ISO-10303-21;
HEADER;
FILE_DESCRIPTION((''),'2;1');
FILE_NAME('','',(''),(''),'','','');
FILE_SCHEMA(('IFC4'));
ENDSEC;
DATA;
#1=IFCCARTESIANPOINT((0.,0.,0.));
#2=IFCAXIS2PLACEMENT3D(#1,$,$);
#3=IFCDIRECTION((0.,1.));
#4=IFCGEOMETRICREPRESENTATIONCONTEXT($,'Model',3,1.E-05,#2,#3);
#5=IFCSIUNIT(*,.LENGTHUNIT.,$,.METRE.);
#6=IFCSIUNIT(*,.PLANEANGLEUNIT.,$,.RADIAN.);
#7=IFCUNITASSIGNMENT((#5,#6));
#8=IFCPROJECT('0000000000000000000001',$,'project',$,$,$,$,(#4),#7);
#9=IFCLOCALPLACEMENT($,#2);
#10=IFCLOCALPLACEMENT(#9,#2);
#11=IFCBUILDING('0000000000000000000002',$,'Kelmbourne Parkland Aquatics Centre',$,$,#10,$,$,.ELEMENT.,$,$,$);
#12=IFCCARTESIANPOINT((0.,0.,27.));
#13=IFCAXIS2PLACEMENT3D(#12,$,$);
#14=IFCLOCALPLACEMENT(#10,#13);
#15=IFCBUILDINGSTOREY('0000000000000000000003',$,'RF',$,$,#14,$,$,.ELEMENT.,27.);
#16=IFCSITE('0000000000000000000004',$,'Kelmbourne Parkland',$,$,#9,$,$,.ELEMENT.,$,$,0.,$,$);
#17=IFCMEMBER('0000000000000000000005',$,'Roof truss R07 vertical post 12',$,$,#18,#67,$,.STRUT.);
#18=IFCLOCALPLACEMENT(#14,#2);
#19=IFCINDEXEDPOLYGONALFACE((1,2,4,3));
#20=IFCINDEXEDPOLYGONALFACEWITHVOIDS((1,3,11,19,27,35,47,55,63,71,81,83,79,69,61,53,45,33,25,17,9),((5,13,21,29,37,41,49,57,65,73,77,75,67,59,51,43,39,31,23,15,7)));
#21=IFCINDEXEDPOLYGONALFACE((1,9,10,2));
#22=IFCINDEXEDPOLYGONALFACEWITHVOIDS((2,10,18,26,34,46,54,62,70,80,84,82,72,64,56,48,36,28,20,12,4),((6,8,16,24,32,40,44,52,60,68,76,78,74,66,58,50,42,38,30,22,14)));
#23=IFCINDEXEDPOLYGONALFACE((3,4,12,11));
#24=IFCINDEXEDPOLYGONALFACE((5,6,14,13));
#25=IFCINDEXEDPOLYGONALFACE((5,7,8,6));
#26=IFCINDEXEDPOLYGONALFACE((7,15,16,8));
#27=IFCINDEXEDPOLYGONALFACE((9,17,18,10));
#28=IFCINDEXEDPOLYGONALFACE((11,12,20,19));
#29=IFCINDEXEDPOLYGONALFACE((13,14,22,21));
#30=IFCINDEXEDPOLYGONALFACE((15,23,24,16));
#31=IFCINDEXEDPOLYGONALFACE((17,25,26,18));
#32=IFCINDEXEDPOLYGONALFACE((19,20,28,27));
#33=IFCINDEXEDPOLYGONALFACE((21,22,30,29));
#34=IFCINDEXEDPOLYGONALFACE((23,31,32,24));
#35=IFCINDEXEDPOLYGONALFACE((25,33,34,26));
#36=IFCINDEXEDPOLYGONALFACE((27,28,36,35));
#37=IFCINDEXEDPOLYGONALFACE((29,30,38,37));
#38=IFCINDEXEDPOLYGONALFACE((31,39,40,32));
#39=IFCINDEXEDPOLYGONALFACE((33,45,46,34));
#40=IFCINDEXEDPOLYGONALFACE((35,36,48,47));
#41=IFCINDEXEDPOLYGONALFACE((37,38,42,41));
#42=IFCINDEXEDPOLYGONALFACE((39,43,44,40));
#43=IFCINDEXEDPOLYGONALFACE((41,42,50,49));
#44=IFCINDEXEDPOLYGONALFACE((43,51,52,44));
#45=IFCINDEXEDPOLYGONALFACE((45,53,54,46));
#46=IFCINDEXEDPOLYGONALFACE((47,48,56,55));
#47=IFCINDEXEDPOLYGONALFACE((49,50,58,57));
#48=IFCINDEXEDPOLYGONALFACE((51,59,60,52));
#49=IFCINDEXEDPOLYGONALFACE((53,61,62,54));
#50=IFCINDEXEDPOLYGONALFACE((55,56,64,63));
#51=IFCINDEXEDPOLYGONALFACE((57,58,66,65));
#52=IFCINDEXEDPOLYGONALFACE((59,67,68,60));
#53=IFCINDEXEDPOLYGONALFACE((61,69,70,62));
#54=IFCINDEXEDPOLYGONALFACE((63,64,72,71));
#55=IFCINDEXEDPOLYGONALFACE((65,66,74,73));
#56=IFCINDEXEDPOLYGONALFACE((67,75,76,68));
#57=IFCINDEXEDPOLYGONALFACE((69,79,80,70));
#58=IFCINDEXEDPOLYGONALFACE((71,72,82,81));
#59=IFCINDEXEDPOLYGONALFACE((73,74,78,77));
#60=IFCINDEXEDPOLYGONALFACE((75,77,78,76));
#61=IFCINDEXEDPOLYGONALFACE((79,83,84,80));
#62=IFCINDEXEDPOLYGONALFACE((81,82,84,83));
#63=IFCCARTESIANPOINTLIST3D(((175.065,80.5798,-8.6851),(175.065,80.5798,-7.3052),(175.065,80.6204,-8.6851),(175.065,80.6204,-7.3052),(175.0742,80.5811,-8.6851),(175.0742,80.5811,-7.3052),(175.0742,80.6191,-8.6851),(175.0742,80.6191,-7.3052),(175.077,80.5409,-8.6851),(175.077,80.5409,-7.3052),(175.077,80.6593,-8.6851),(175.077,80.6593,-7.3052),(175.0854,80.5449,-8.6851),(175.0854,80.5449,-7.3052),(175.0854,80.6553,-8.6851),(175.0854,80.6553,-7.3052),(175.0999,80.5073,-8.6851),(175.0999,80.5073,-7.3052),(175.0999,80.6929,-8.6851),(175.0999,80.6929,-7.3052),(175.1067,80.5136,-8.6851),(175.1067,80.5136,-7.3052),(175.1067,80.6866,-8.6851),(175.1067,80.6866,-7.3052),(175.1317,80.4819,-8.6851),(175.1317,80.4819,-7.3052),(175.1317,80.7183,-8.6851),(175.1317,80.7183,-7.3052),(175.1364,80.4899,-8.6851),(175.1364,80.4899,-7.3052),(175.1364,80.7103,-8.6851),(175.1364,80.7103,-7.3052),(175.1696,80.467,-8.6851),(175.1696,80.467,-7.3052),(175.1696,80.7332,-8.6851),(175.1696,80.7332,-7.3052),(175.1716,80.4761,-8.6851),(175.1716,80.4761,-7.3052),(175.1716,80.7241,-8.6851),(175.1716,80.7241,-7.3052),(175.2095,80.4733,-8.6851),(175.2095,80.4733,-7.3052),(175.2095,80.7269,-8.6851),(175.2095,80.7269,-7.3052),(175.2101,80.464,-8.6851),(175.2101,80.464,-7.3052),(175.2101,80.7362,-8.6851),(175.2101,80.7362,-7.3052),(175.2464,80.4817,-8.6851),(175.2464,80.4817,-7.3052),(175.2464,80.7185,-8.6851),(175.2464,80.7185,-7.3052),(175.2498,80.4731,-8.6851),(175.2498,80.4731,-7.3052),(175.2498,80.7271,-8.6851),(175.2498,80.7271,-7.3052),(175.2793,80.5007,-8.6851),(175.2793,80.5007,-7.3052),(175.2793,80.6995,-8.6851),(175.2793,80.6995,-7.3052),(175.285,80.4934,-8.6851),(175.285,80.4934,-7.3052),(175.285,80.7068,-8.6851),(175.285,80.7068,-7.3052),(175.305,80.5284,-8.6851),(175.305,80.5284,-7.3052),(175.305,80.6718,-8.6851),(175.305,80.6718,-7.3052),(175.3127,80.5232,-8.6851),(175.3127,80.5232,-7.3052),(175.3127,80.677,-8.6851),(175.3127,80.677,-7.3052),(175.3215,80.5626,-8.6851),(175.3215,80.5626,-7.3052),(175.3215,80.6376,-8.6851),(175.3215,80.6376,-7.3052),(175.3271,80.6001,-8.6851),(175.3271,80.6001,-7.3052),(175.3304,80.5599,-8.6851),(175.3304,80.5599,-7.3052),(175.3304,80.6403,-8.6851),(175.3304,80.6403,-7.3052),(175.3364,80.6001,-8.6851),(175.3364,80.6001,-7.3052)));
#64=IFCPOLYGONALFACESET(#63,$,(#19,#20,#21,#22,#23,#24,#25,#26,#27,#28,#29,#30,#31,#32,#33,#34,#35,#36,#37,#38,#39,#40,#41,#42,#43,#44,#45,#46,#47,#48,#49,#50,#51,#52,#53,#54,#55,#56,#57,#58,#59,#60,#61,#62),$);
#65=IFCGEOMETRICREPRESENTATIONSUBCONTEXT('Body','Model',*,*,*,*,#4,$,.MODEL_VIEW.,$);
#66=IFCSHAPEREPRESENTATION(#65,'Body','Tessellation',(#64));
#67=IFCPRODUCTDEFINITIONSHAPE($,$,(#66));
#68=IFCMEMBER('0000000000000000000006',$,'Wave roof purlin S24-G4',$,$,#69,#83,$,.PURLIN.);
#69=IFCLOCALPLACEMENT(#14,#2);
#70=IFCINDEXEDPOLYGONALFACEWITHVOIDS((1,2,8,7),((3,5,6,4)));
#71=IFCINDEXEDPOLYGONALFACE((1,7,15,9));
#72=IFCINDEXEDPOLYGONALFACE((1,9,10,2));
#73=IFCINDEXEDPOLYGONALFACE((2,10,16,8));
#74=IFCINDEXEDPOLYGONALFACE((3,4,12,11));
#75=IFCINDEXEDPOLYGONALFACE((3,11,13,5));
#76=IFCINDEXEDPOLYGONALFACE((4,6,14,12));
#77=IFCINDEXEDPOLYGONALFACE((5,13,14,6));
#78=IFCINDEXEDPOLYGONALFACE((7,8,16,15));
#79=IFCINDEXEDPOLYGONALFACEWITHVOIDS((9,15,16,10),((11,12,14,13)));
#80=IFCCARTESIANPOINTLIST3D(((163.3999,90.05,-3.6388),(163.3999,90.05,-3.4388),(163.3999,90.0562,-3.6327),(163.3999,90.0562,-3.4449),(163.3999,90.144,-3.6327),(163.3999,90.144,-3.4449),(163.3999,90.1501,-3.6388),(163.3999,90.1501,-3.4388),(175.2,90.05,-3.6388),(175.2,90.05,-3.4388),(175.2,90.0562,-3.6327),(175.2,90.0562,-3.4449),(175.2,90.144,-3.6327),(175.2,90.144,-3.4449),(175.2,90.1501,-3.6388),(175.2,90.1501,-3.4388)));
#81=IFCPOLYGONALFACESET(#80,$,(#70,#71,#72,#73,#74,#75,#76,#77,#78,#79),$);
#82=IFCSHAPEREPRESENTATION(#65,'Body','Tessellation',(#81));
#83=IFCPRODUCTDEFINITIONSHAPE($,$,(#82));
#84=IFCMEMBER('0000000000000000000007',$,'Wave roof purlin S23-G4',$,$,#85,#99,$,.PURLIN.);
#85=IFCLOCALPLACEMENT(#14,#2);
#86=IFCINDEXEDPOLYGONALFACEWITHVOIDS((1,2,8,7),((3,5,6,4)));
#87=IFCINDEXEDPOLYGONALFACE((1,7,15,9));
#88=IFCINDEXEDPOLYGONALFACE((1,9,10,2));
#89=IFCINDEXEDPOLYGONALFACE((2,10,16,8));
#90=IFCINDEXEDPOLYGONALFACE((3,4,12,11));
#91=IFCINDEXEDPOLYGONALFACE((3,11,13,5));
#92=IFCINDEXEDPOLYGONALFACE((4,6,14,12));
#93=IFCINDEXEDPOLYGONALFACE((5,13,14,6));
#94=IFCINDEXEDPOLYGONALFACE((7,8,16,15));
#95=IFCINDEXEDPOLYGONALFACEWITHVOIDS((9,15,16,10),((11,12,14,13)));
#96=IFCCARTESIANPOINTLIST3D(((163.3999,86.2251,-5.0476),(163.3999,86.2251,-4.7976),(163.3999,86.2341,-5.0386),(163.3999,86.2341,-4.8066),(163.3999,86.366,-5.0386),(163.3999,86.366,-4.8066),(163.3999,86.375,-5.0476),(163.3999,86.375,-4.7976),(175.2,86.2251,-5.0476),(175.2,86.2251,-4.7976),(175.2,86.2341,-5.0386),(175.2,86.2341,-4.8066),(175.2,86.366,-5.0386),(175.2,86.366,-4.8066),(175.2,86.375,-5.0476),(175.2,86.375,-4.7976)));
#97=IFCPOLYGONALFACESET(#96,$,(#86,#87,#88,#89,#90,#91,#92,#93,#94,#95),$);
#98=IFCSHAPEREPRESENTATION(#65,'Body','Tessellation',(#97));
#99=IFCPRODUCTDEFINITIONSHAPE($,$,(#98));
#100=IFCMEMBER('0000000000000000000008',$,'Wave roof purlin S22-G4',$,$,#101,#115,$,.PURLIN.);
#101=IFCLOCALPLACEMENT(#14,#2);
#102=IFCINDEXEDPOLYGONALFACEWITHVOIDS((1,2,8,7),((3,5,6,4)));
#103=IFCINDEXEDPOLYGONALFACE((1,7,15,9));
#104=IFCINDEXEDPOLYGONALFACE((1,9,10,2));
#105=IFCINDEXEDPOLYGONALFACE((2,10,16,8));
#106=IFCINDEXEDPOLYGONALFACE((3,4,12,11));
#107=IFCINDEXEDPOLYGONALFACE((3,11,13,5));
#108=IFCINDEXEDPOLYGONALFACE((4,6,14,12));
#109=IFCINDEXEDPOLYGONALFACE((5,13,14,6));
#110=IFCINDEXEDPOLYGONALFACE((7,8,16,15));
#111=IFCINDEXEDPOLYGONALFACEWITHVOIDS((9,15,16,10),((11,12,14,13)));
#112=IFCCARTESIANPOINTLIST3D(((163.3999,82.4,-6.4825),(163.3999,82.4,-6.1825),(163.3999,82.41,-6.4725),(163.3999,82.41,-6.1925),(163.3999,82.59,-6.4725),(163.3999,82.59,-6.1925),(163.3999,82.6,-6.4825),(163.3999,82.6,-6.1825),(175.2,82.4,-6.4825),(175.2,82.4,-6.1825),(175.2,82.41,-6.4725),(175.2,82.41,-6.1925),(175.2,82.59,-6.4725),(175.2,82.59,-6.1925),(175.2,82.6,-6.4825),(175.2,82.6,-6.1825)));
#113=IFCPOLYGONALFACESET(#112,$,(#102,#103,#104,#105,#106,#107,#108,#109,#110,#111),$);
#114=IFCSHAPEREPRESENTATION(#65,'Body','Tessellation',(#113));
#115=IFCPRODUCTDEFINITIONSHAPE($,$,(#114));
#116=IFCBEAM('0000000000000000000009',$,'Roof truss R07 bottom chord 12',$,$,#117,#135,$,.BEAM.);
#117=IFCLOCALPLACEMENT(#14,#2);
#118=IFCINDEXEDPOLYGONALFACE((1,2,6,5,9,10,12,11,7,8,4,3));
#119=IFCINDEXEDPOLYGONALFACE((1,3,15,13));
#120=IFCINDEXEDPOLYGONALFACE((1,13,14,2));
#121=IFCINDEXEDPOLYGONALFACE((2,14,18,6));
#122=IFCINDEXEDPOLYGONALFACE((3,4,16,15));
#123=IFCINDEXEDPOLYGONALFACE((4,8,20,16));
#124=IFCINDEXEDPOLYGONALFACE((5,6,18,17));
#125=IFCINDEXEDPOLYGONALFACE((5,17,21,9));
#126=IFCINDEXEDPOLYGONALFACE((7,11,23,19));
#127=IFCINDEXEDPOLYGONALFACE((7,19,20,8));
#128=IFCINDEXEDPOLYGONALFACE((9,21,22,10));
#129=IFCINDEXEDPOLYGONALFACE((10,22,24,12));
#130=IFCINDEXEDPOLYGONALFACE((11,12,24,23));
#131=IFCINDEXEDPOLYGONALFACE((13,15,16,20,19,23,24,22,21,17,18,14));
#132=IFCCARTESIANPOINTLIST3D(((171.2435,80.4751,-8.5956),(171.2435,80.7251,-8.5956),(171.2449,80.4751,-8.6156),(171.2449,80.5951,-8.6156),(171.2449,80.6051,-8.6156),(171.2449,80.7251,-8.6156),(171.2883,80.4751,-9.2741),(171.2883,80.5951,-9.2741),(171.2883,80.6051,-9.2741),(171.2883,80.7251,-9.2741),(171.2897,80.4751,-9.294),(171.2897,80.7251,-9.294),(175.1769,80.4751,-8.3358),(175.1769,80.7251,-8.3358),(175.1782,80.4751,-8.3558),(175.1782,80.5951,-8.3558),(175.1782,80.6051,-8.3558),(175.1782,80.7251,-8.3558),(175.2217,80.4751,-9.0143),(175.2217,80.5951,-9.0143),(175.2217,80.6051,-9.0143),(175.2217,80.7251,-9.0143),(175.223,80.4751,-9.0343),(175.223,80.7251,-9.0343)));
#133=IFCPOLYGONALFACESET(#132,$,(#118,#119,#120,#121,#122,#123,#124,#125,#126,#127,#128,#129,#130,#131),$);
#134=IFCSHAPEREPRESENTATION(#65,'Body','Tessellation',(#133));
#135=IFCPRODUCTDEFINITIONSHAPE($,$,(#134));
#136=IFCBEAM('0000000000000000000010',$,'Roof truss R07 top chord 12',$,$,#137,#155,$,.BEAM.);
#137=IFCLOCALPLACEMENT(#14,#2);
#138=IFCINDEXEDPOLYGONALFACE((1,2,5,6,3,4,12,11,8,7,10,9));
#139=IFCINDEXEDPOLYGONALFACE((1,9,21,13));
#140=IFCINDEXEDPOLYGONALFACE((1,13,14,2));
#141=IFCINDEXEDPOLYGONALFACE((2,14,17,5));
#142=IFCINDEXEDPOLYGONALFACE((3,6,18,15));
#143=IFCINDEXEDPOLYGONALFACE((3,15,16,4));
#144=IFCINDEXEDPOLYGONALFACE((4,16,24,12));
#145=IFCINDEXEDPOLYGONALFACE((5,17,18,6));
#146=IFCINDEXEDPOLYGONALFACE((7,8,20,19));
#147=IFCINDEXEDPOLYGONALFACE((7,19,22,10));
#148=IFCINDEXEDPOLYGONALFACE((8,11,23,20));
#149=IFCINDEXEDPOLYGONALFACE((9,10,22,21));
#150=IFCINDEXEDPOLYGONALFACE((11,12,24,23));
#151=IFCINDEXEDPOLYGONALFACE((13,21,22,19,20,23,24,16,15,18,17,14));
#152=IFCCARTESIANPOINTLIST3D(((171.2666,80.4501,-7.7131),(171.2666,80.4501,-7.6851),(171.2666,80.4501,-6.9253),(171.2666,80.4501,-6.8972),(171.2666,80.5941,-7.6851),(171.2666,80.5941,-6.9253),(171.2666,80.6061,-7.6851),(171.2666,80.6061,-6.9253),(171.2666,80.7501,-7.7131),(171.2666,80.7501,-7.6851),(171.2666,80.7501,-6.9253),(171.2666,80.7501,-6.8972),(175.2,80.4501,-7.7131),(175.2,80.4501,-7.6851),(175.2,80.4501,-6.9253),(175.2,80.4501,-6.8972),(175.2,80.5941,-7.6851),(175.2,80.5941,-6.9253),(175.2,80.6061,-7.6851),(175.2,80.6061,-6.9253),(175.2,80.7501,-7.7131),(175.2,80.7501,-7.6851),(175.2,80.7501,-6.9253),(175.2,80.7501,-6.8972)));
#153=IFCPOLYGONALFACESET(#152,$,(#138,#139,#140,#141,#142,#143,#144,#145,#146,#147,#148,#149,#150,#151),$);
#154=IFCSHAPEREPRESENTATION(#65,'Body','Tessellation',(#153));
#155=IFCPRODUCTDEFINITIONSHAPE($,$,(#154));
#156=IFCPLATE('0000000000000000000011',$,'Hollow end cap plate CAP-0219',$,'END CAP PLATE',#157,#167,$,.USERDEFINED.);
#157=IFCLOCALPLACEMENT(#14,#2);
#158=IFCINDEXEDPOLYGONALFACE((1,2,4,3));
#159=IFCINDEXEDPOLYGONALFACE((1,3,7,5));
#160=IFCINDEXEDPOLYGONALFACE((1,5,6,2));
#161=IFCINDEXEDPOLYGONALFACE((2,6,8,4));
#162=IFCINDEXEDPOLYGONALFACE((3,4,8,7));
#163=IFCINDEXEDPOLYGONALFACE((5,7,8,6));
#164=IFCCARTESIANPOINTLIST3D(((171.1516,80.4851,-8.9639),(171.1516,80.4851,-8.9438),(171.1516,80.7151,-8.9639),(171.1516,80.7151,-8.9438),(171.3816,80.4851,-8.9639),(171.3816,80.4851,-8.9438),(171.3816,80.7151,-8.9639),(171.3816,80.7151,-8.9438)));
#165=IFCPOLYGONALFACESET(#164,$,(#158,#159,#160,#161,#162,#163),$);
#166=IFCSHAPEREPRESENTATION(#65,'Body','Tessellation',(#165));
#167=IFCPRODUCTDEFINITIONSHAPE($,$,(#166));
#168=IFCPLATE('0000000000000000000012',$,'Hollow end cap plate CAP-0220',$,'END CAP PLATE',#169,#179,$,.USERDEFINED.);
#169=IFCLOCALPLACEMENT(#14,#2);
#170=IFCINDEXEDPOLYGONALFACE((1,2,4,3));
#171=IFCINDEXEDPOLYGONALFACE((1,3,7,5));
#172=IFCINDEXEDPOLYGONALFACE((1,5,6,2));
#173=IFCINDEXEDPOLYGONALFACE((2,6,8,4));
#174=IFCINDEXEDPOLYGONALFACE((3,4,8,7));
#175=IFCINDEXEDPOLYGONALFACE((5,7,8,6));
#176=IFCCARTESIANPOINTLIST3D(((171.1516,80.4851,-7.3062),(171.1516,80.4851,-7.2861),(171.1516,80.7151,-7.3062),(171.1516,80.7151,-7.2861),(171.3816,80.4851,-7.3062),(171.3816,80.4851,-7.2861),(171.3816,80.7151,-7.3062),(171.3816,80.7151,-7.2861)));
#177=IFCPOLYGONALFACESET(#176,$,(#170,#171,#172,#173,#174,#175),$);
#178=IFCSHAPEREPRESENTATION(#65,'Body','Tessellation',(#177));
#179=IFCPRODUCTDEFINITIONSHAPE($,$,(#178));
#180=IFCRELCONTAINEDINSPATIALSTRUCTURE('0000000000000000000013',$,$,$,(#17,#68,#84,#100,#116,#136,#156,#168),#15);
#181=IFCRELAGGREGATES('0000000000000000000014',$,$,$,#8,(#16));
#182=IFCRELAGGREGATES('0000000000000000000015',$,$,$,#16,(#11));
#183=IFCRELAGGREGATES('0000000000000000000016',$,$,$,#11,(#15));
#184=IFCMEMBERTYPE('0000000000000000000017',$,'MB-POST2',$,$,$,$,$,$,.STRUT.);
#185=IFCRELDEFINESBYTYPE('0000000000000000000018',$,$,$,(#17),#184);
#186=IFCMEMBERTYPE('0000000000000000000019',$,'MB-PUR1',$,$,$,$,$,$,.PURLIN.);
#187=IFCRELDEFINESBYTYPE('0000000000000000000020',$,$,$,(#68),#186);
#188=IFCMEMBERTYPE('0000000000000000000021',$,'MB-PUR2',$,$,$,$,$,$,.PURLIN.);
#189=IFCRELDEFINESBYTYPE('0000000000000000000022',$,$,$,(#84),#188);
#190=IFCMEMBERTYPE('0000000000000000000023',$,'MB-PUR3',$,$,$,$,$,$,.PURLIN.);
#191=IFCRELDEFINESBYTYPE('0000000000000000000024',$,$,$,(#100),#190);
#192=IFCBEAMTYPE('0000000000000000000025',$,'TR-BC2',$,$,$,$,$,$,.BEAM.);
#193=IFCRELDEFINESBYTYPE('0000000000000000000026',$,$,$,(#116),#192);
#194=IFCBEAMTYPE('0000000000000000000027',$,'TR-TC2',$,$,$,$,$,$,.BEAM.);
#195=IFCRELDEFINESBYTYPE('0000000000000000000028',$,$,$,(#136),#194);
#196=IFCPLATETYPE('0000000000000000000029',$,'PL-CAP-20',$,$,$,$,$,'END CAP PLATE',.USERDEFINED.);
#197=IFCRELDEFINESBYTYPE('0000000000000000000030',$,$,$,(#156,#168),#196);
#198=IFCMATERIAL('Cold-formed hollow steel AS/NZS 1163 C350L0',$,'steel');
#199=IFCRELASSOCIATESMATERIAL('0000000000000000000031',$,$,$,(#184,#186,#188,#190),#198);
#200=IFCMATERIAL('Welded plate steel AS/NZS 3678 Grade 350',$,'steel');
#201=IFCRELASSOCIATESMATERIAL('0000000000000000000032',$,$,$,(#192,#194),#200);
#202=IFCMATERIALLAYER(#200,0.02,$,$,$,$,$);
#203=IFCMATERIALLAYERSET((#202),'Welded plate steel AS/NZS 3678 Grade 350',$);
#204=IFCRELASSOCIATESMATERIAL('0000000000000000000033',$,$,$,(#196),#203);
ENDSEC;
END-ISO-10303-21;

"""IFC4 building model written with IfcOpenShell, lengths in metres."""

from ifc_helpers import new_model, si_unit, direction, frame, origin, origin_2d, place, context, subcontext, project, spatial, rectangle, hollow_rectangle, hollow_circle, i_section, extrude, material, layer, layer_set, material_profile, profile_set, type_object, element, save


model = new_model("IFC4")

# Units and contexts
model_context = context("Model", 3, precision=1e-05, world=origin(), true_north=direction((0.0, 1.0)))
body_context = subcontext(model_context, "Body", "Model", "MODEL_VIEW")
ifc_project = project(units=[si_unit("LENGTHUNIT", "METRE"), si_unit("PLANEANGLEUNIT", "RADIAN")], contexts=[model_context])

# Site, building, storey
site_placement = place(None, origin())
site = spatial("IfcSite", under=ifc_project, at=site_placement, Name="Kelmbourne Parkland", CompositionType="ELEMENT", RefElevation=0.0)
building_placement = place(site_placement, origin())
building = spatial("IfcBuilding", under=site, at=building_placement, Name="Kelmbourne Parkland Aquatics Centre", CompositionType="ELEMENT")
storey_placement = place(building_placement, frame((0.0, 0.0, 27.0)))
storey = spatial("IfcBuildingStorey", under=building, at=storey_placement, Name="RF", CompositionType="ELEMENT", Elevation=27.0)

# Members
ifc_material_1 = material(Name="Cold-formed hollow steel AS/NZS 1163 C350L0", Category="steel")
ifc_material_profile_1 = material_profile(ifc_material_1, hollow_circle(Radius=0.1365, WallThickness=0.0093, at=origin_2d()), Name="CHS 273.1x9.3")
ifc_profile_set_1 = profile_set([ifc_material_profile_1], Name="Cold-formed hollow steel AS/NZS 1163 C350L0")
member_type_1 = type_object("IfcMemberType", Name="MB-POST2", PredefinedType="STRUT", material=ifc_profile_set_1)
member_1_placement = place(storey_placement, frame((175.2, 80.6001, -8.6851), z_axis=(0.0, 0.0, 1.0), x_axis=(1.0, 0.0, 0.0)))
element("IfcMember", 1, at=member_1_placement, inside=storey, type_object=member_type_1, Name="Roof truss R07 vertical post 12", PredefinedType="STRUT", context=body_context, shape_type="SweptSolid", body=[
    extrude(hollow_circle(Radius=0.1365, WallThickness=0.0093, at=origin_2d()), origin(), (0.0, 0.0, 1.0), 1.3799),
])
ifc_material_profile_2 = material_profile(ifc_material_1, hollow_rectangle(XDim=0.1001, YDim=0.2, WallThickness=0.0061, at=origin_2d()), Name="RHS 200x100x6.0")
ifc_profile_set_2 = profile_set([ifc_material_profile_2], Name="Cold-formed hollow steel AS/NZS 1163 C350L0")
member_type_2 = type_object("IfcMemberType", Name="MB-PUR1", PredefinedType="PURLIN", material=ifc_profile_set_2)
member_2_placement = place(storey_placement, frame((163.3999, 90.1001, -3.5388), z_axis=(1.0, 0.0, 0.0), x_axis=(0.0, 1.0, 0.0)))
element("IfcMember", 2, at=member_2_placement, inside=storey, type_object=member_type_2, Name="Wave roof purlin S24-G4", PredefinedType="PURLIN", context=body_context, shape_type="SweptSolid", body=[
    extrude(hollow_rectangle(XDim=0.1001, YDim=0.2, WallThickness=0.0061, at=origin_2d()), origin(), (0.0, 0.0, 1.0), 11.8),
])
ifc_material_profile_3 = material_profile(ifc_material_1, hollow_rectangle(XDim=0.1499, YDim=0.25, WallThickness=0.009, at=origin_2d()), Name="RHS 250x150x9.0")
ifc_profile_set_3 = profile_set([ifc_material_profile_3], Name="Cold-formed hollow steel AS/NZS 1163 C350L0")
member_type_3 = type_object("IfcMemberType", Name="MB-PUR2", PredefinedType="PURLIN", material=ifc_profile_set_3)
member_3_placement = place(storey_placement, frame((163.3999, 86.3, -4.9226), z_axis=(1.0, 0.0, 0.0), x_axis=(0.0, 1.0, 0.0)))
element("IfcMember", 3, at=member_3_placement, inside=storey, type_object=member_type_3, Name="Wave roof purlin S23-G4", PredefinedType="PURLIN", context=body_context, shape_type="SweptSolid", body=[
    extrude(hollow_rectangle(XDim=0.1499, YDim=0.25, WallThickness=0.009, at=origin_2d()), origin(), (0.0, 0.0, 1.0), 11.8),
])
ifc_material_profile_4 = material_profile(ifc_material_1, hollow_rectangle(XDim=0.2, YDim=0.3, WallThickness=0.01, at=origin_2d()), Name="RHS 300x200x10.0")
ifc_profile_set_4 = profile_set([ifc_material_profile_4], Name="Cold-formed hollow steel AS/NZS 1163 C350L0")
member_type_4 = type_object("IfcMemberType", Name="MB-PUR3", PredefinedType="PURLIN", material=ifc_profile_set_4)
member_4_placement = place(storey_placement, frame((163.3999, 82.5, -6.3325), z_axis=(1.0, 0.0, 0.0), x_axis=(0.0, 1.0, 0.0)))
element("IfcMember", 4, at=member_4_placement, inside=storey, type_object=member_type_4, Name="Wave roof purlin S22-G4", PredefinedType="PURLIN", context=body_context, shape_type="SweptSolid", body=[
    extrude(hollow_rectangle(XDim=0.2, YDim=0.3, WallThickness=0.01, at=origin_2d()), origin(), (0.0, 0.0, 1.0), 11.8),
])

# Beams
ifc_material_2 = material(Name="Welded plate steel AS/NZS 3678 Grade 350", Category="steel")
ifc_material_profile_5 = material_profile(ifc_material_2, i_section(OverallWidth=0.25, OverallDepth=0.7, WebThickness=0.01, FlangeThickness=0.02, at=origin_2d()), Name="700WB130")
ifc_profile_set_5 = profile_set([ifc_material_profile_5], Name="Welded plate steel AS/NZS 3678 Grade 350")
beam_type_1 = type_object("IfcBeamType", Name="TR-BC2", PredefinedType="BEAM", material=ifc_profile_set_5)
beam_1_placement = place(storey_placement, frame((171.2666, 80.6001, -8.9448), z_axis=(0.997826, 0.0, 0.065898), x_axis=(0.0, 1.0, 0.0)))
element("IfcBeam", 5, at=beam_1_placement, inside=storey, type_object=beam_type_1, Name="Roof truss R07 bottom chord 12", PredefinedType="BEAM", context=body_context, shape_type="SweptSolid", body=[
    extrude(i_section(OverallWidth=0.25, OverallDepth=0.7, WebThickness=0.01, FlangeThickness=0.02, at=origin_2d()), origin(), (0.0, 0.0, 1.0), 3.9419),
])
ifc_material_profile_6 = material_profile(ifc_material_2, i_section(OverallWidth=0.3, OverallDepth=0.8159, WebThickness=0.012, FlangeThickness=0.0281, at=origin_2d()), Name="800WB192")
ifc_profile_set_6 = profile_set([ifc_material_profile_6], Name="Welded plate steel AS/NZS 3678 Grade 350")
beam_type_2 = type_object("IfcBeamType", Name="TR-TC2", PredefinedType="BEAM", material=ifc_profile_set_6)
beam_2_placement = place(storey_placement, frame((171.2666, 80.6001, -7.3052), z_axis=(1.0, 0.0, 0.0), x_axis=(0.0, 1.0, 0.0)))
element("IfcBeam", 6, at=beam_2_placement, inside=storey, type_object=beam_type_2, Name="Roof truss R07 top chord 12", PredefinedType="BEAM", context=body_context, shape_type="SweptSolid", body=[
    extrude(i_section(OverallWidth=0.3, OverallDepth=0.8159, WebThickness=0.012, FlangeThickness=0.0281, at=origin_2d()), origin(), (0.0, 0.0, 1.0), 3.9333),
])

# Plates
ifc_layer_1 = layer(ifc_material_2, 0.02)
ifc_layer_set_1 = layer_set([ifc_layer_1], Name="Welded plate steel AS/NZS 3678 Grade 350")
plate_type_1 = type_object("IfcPlateType", Name="PL-CAP-20", ElementType="END CAP PLATE", PredefinedType="USERDEFINED", material=ifc_layer_set_1)
for number, where, z_axis, x_axis, name in (
    (7, (171.2666, 80.6001, -8.9639), (0.0, 0.0, 1.0), (1.0, 0.0, 0.0), "Hollow end cap plate CAP-0219"),
    (8, (171.2666, 80.6001, -7.3062), (0.0, 0.0, 1.0), (1.0, 0.0, 0.0), "Hollow end cap plate CAP-0220"),
):
    element("IfcPlate", number, at=place(storey_placement, frame(where, z_axis=z_axis, x_axis=x_axis)), inside=storey, type_object=plate_type_1, Name=name, ObjectType="END CAP PLATE", PredefinedType="USERDEFINED", context=body_context, shape_type="SweptSolid", body=[
        extrude(rectangle(XDim=0.23, YDim=0.23, at=origin_2d()), origin(), (0.0, 0.0, 1.0), 0.02),
    ])

save(model, "model.ifc")
